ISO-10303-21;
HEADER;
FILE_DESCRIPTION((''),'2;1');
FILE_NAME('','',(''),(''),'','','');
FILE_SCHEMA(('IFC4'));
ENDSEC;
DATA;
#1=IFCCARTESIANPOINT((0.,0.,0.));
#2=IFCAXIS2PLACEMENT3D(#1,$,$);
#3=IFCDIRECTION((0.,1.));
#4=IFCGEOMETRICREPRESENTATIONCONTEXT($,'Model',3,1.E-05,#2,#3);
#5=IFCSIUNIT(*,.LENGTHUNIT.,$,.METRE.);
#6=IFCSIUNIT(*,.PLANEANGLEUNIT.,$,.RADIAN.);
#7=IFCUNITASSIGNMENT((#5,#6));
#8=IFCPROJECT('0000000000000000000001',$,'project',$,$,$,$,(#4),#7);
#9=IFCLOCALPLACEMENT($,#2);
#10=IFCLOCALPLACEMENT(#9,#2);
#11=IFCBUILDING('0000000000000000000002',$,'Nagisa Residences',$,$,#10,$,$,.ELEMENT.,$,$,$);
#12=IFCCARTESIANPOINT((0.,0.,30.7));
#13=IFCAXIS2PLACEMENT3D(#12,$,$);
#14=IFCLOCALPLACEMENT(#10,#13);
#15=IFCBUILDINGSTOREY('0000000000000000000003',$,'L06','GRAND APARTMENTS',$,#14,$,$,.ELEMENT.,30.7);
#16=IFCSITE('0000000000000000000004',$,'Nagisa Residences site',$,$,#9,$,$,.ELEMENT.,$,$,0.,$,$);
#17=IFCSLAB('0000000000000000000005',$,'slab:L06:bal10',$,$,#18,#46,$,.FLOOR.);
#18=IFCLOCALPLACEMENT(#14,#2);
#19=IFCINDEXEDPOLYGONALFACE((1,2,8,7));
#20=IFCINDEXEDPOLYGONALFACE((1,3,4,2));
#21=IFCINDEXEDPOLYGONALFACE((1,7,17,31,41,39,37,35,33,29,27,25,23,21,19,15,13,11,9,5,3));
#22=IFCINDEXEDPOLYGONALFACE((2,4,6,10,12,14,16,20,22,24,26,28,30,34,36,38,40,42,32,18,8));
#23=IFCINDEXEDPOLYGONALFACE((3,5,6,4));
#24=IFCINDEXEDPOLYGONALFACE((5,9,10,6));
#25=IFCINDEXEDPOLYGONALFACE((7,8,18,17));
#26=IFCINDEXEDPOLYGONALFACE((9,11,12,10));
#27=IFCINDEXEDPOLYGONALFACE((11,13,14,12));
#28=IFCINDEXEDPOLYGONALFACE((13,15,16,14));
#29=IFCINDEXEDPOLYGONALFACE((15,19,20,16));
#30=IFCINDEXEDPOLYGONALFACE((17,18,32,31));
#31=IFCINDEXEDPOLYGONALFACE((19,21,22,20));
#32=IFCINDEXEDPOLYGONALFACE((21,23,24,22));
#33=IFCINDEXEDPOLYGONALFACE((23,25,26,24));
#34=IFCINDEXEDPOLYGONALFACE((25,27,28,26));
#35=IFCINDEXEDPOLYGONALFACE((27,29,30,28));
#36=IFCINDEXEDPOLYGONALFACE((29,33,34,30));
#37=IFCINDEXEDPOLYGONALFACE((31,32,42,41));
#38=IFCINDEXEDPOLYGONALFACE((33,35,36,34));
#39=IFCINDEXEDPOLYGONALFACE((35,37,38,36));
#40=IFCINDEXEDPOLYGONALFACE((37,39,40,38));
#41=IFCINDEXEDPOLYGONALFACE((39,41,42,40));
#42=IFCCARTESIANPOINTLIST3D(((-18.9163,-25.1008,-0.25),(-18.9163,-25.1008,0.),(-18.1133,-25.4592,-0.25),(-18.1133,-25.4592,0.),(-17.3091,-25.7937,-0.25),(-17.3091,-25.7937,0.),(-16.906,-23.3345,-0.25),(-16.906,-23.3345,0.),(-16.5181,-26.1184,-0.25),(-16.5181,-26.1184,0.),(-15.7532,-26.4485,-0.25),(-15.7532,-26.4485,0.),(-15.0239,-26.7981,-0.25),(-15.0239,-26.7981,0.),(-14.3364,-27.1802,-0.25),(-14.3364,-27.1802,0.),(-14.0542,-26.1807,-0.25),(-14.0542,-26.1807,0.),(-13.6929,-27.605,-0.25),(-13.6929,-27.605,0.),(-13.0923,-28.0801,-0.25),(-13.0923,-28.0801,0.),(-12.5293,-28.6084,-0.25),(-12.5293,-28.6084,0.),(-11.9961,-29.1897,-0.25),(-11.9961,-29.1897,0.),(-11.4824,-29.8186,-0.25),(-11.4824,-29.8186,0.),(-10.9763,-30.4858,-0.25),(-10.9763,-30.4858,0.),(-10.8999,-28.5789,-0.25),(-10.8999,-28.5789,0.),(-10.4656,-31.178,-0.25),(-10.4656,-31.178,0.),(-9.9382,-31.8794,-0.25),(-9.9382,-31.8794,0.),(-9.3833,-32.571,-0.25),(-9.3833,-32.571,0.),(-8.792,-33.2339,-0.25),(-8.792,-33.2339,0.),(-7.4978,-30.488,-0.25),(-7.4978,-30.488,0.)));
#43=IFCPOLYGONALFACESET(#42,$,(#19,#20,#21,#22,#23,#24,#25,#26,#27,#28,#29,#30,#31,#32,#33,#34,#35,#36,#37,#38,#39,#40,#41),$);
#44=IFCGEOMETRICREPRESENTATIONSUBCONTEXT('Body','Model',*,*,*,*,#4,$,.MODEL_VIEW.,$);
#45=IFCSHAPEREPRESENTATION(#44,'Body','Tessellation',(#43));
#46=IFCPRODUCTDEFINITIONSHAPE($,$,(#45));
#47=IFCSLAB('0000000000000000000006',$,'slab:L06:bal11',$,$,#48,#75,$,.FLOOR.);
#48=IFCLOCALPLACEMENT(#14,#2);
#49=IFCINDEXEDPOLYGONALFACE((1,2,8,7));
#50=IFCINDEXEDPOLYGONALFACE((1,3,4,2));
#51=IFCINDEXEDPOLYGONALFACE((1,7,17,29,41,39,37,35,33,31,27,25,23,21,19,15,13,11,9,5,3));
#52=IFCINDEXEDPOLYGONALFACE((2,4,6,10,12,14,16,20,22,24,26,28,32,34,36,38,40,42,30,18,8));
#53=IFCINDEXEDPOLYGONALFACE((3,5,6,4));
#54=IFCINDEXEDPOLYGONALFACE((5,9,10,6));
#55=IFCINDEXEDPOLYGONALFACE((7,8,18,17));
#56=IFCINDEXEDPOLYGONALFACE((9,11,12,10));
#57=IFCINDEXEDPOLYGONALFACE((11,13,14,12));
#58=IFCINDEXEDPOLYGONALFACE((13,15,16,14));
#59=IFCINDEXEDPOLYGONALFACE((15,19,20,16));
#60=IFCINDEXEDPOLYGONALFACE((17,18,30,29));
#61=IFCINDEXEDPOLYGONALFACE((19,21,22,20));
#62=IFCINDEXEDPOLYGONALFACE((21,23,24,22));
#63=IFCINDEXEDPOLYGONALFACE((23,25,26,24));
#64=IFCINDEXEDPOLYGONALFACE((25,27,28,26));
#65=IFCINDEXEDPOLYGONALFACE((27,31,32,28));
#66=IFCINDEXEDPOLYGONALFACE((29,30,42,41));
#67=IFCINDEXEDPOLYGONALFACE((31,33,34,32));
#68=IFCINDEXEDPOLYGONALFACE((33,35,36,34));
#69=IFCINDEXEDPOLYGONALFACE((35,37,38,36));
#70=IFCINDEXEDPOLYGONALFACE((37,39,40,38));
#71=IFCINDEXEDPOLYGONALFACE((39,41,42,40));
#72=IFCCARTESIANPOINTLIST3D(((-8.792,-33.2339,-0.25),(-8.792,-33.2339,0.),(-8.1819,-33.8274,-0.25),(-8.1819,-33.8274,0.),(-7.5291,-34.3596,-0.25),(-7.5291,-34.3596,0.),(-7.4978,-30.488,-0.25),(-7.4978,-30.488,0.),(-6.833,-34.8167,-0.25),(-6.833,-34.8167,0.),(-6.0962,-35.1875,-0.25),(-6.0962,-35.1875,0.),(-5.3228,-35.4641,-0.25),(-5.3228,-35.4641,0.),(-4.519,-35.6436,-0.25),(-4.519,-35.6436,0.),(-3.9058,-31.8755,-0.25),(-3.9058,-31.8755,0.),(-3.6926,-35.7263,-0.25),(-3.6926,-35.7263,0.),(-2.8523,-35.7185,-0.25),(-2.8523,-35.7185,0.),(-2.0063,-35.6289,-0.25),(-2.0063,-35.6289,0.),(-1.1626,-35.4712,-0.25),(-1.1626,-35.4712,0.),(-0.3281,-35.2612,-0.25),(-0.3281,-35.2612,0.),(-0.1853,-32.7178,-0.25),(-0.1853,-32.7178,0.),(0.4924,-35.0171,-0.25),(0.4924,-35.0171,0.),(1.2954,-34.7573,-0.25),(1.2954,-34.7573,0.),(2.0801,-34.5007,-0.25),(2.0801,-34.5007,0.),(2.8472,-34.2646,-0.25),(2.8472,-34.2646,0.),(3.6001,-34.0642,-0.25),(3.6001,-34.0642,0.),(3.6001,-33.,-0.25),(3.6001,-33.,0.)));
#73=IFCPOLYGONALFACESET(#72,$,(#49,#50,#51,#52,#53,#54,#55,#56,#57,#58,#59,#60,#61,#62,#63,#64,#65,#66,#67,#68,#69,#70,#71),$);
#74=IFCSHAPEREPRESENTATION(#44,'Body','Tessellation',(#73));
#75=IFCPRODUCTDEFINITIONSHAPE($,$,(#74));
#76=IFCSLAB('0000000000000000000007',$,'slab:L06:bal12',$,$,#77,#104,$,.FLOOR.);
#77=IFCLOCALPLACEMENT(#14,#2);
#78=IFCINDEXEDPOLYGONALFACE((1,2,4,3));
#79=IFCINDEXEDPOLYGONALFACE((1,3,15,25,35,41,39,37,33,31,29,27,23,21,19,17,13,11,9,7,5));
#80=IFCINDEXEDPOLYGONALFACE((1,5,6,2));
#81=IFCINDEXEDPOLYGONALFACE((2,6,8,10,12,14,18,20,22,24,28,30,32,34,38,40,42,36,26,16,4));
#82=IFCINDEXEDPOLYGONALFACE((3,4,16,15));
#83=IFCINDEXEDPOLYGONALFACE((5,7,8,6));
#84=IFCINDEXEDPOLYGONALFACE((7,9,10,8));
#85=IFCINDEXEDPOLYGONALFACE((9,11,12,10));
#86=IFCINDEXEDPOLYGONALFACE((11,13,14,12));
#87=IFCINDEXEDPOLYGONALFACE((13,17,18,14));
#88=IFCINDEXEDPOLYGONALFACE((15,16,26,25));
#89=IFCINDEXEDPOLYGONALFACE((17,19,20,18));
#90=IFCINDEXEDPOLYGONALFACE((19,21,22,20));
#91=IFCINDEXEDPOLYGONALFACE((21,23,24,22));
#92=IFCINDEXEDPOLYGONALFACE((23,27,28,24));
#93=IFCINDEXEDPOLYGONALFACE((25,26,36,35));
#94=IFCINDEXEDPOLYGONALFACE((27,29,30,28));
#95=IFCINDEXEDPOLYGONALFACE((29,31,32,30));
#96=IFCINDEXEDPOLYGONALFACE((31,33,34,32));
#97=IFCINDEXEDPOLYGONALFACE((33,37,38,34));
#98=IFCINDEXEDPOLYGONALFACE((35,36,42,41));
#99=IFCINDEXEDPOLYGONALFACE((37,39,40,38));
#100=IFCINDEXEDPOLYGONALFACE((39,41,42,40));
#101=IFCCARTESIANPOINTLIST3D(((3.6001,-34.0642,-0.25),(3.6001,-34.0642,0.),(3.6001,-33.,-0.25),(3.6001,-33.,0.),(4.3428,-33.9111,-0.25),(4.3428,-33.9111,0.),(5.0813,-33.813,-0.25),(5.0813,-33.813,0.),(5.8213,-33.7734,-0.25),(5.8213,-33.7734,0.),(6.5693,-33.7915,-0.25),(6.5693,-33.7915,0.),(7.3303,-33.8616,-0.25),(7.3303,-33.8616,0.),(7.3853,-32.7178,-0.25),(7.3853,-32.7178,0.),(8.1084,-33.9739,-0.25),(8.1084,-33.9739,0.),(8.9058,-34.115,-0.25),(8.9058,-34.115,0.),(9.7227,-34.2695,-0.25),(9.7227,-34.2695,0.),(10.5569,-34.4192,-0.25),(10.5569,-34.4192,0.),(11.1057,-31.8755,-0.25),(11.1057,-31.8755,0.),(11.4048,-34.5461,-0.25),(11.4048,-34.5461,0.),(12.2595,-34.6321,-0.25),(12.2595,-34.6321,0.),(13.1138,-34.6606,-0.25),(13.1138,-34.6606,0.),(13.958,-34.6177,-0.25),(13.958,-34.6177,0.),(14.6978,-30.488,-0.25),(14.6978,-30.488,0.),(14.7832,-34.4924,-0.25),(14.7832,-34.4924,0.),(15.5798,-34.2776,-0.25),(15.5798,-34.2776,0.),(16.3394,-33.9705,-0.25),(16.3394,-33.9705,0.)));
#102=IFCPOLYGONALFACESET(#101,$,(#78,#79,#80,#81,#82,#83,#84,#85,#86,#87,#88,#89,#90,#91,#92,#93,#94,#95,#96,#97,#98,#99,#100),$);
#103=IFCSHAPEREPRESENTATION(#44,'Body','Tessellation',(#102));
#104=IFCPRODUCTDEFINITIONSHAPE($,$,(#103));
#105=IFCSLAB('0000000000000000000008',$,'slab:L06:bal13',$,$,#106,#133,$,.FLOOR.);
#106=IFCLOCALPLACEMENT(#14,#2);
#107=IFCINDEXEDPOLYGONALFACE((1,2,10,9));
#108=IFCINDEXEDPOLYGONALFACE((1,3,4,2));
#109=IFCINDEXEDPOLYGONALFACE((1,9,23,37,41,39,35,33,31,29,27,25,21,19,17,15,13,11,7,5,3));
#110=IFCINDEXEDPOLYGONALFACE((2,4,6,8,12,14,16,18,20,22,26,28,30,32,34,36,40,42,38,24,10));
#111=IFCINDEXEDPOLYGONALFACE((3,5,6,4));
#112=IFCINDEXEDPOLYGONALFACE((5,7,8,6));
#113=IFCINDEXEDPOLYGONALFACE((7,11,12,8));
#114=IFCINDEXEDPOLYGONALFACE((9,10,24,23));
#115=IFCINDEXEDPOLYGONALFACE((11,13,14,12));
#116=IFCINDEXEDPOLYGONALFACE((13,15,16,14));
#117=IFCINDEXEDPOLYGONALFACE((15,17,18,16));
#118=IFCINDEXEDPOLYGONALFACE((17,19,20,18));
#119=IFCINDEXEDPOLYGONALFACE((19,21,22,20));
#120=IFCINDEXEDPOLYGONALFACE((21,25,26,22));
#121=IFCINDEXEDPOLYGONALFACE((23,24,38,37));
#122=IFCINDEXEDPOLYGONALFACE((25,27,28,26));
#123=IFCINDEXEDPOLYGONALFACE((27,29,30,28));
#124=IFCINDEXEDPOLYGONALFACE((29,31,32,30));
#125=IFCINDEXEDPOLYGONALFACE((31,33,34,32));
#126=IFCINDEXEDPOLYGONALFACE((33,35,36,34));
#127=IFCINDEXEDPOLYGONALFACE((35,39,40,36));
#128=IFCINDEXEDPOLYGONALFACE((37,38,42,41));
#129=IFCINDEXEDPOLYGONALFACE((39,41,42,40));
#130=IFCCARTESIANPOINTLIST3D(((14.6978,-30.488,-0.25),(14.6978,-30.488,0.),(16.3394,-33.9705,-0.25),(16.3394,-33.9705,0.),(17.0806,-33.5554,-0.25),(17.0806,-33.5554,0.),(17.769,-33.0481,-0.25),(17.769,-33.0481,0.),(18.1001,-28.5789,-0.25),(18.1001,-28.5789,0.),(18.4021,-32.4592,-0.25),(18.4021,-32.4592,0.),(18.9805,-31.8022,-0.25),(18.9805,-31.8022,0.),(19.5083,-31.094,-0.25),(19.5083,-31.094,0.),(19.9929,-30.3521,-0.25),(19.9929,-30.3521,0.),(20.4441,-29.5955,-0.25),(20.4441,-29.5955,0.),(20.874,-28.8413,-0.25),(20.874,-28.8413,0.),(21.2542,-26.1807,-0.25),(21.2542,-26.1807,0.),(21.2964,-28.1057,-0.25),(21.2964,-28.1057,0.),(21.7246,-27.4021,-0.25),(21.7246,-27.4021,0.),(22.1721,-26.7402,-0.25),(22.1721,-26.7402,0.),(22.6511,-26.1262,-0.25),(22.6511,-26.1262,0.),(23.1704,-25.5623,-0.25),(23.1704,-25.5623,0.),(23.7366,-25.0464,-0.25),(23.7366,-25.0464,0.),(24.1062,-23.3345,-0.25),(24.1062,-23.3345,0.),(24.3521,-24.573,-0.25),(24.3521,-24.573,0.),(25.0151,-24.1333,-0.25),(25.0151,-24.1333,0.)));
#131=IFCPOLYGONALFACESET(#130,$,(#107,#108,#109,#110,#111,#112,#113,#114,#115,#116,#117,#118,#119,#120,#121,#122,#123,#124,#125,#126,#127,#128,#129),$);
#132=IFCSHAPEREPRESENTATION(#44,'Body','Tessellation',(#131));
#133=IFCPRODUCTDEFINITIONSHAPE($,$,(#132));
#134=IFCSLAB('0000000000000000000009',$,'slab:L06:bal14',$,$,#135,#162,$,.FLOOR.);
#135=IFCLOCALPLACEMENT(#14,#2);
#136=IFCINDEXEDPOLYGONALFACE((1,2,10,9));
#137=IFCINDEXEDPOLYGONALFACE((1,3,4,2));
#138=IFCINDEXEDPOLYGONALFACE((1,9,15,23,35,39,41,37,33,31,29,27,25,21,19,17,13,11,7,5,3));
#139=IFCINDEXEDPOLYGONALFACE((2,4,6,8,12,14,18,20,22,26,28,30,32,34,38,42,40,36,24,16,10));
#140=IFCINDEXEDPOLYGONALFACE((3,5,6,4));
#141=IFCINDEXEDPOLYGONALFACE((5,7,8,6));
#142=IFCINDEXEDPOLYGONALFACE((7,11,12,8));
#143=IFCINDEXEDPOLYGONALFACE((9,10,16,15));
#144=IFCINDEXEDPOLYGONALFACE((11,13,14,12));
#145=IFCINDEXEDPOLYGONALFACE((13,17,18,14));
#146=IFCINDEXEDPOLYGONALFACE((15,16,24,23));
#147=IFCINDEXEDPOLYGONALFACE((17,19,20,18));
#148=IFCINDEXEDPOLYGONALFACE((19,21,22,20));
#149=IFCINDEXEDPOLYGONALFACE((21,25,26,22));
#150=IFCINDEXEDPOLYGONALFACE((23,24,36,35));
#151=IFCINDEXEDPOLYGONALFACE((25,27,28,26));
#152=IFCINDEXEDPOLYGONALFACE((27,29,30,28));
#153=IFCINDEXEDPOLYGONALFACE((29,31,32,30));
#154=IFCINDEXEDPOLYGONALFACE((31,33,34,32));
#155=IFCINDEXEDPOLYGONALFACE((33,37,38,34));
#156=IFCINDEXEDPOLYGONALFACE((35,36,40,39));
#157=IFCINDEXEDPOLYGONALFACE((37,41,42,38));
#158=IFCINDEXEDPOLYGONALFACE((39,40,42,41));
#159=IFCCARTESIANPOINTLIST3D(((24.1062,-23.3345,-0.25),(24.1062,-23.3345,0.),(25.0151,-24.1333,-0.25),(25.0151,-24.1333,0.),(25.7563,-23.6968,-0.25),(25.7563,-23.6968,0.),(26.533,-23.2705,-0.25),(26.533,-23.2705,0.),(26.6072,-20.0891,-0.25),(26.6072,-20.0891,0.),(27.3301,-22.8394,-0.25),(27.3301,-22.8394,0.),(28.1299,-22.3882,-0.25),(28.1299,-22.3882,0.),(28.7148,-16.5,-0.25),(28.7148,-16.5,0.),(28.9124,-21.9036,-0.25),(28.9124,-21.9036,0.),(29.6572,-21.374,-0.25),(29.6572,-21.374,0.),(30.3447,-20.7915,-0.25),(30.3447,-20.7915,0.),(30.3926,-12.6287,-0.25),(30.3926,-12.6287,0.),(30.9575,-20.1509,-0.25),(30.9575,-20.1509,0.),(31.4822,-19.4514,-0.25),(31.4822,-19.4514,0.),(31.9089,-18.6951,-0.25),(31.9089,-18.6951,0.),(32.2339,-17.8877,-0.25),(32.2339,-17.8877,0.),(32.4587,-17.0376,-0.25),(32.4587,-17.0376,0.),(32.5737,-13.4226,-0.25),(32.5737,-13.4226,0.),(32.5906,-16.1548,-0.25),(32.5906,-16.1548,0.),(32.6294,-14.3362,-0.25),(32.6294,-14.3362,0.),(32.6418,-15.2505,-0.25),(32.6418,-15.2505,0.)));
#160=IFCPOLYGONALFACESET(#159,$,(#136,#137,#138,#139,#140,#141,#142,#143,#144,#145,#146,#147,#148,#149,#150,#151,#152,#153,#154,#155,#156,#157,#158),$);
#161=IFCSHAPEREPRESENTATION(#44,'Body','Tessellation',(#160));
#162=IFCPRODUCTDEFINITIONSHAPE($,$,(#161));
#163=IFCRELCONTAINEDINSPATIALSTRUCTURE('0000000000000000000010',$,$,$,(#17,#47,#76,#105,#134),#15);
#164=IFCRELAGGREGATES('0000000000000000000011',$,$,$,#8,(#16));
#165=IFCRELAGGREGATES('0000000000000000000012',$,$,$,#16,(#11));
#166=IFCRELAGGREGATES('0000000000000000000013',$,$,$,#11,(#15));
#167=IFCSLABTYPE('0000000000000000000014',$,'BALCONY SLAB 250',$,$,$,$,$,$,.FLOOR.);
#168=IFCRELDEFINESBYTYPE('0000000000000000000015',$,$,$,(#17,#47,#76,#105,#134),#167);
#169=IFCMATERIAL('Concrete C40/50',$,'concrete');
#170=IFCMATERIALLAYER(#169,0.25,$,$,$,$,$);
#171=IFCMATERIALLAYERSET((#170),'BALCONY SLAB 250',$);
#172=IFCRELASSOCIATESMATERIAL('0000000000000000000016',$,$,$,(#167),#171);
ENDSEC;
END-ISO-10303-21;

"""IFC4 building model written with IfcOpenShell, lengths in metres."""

from ifc_helpers import new_model, si_unit, direction, frame, origin, place, context, subcontext, project, spatial, polyline, outline, extrude, material, layer, layer_set, type_object, element, save


model = new_model("IFC4")

# Units and contexts
model_context = context("Model", 3, precision=1e-05, world=origin(), true_north=direction((0.0, 1.0)))
body_context = subcontext(model_context, "Body", "Model", "MODEL_VIEW")
ifc_project = project(units=[si_unit("LENGTHUNIT", "METRE"), si_unit("PLANEANGLEUNIT", "RADIAN")], contexts=[model_context])

# Site, building, storey
site_placement = place(None, origin())
site = spatial("IfcSite", under=ifc_project, at=site_placement, Name="Nagisa Residences site", CompositionType="ELEMENT", RefElevation=0.0)
building_placement = place(site_placement, origin())
building = spatial("IfcBuilding", under=site, at=building_placement, Name="Nagisa Residences", CompositionType="ELEMENT")
storey_placement = place(building_placement, frame((0.0, 0.0, 30.7)))
storey = spatial("IfcBuildingStorey", under=building, at=storey_placement, Name="L06", Description="GRAND APARTMENTS", CompositionType="ELEMENT", Elevation=30.7)

# Slabs
ifc_material_1 = material(Name="Concrete C40/50", Category="concrete")
ifc_layer_1 = layer(ifc_material_1, 0.25)
ifc_layer_set_1 = layer_set([ifc_layer_1], Name="BALCONY SLAB 250")
slab_type = type_object("IfcSlabType", Name="BALCONY SLAB 250", PredefinedType="FLOOR", material=ifc_layer_set_1)
slab_1_placement = place(storey_placement, frame((0.0, 0.0, -0.25)))
element("IfcSlab", 1, at=slab_1_placement, inside=storey, type_object=slab_type, Name="slab:L06:bal10", PredefinedType="FLOOR", context=body_context, shape_type="SweptSolid", body=[
    extrude(outline(polyline([(-18.9163, -25.1008), (-18.1133, -25.4592), (-17.3091, -25.7937), (-16.5181, -26.1184), (-15.7532, -26.4485), (-15.0239, -26.7981), (-14.3364, -27.1802), (-13.6929, -27.605), (-13.0923, -28.0801), (-12.5293, -28.6084), (-11.9961, -29.1897), (-11.4824, -29.8186), (-10.9763, -30.4858), (-10.4656, -31.178), (-9.9382, -31.8794), (-9.3833, -32.571), (-8.792, -33.2339), (-7.4978, -30.488), (-10.8999, -28.5789), (-14.0542, -26.1807), (-16.906, -23.3345), (-18.9163, -25.1008)])), origin(), (0.0, 0.0, 1.0), 0.25),
])
slab_2_placement = place(storey_placement, frame((0.0, 0.0, -0.25)))
element("IfcSlab", 2, at=slab_2_placement, inside=storey, type_object=slab_type, Name="slab:L06:bal11", PredefinedType="FLOOR", context=body_context, shape_type="SweptSolid", body=[
    extrude(outline(polyline([(-8.792, -33.2339), (-8.1819, -33.8274), (-7.5291, -34.3596), (-6.833, -34.8167), (-6.0962, -35.1875), (-5.3228, -35.4641), (-4.519, -35.6436), (-3.6926, -35.7263), (-2.8523, -35.7185), (-2.0063, -35.6289), (-1.1626, -35.4712), (-0.3281, -35.2612), (0.4924, -35.0171), (1.2954, -34.7573), (2.0801, -34.5007), (2.8472, -34.2646), (3.6001, -34.0642), (3.6001, -33.0), (-0.1853, -32.7178), (-3.9058, -31.8755), (-7.4978, -30.488), (-8.792, -33.2339)])), origin(), (0.0, 0.0, 1.0), 0.25),
])
slab_3_placement = place(storey_placement, frame((0.0, 0.0, -0.25)))
element("IfcSlab", 3, at=slab_3_placement, inside=storey, type_object=slab_type, Name="slab:L06:bal12", PredefinedType="FLOOR", context=body_context, shape_type="SweptSolid", body=[
    extrude(outline(polyline([(3.6001, -34.0642), (4.3428, -33.9111), (5.0813, -33.813), (5.8213, -33.7734), (6.5693, -33.7915), (7.3303, -33.8616), (8.1084, -33.9739), (8.9058, -34.115), (9.7227, -34.2695), (10.5569, -34.4192), (11.4048, -34.5461), (12.2595, -34.6321), (13.1138, -34.6606), (13.958, -34.6177), (14.7832, -34.4924), (15.5798, -34.2776), (16.3394, -33.9705), (14.6978, -30.488), (11.1057, -31.8755), (7.3853, -32.7178), (3.6001, -33.0), (3.6001, -34.0642)])), origin(), (0.0, 0.0, 1.0), 0.25),
])
slab_4_placement = place(storey_placement, frame((0.0, 0.0, -0.25)))
element("IfcSlab", 4, at=slab_4_placement, inside=storey, type_object=slab_type, Name="slab:L06:bal13", PredefinedType="FLOOR", context=body_context, shape_type="SweptSolid", body=[
    extrude(outline(polyline([(16.3394, -33.9705), (17.0806, -33.5554), (17.769, -33.0481), (18.4021, -32.4592), (18.9805, -31.8022), (19.5083, -31.094), (19.9929, -30.3521), (20.4441, -29.5955), (20.874, -28.8413), (21.2964, -28.1057), (21.7246, -27.4021), (22.1721, -26.7402), (22.6511, -26.1262), (23.1704, -25.5623), (23.7366, -25.0464), (24.3521, -24.573), (25.0151, -24.1333), (24.1062, -23.3345), (21.2542, -26.1807), (18.1001, -28.5789), (14.6978, -30.488), (16.3394, -33.9705)])), origin(), (0.0, 0.0, 1.0), 0.25),
])
slab_5_placement = place(storey_placement, frame((0.0, 0.0, -0.25)))
element("IfcSlab", 5, at=slab_5_placement, inside=storey, type_object=slab_type, Name="slab:L06:bal14", PredefinedType="FLOOR", context=body_context, shape_type="SweptSolid", body=[
    extrude(outline(polyline([(25.0151, -24.1333), (25.7563, -23.6968), (26.533, -23.2705), (27.3301, -22.8394), (28.1299, -22.3882), (28.9124, -21.9036), (29.6572, -21.374), (30.3447, -20.7915), (30.9575, -20.1509), (31.4822, -19.4514), (31.9089, -18.6951), (32.2339, -17.8877), (32.4587, -17.0376), (32.5906, -16.1548), (32.6418, -15.2505), (32.6294, -14.3362), (32.5737, -13.4226), (30.3926, -12.6287), (28.7148, -16.5), (26.6072, -20.0891), (24.1062, -23.3345), (25.0151, -24.1333)])), origin(), (0.0, 0.0, 1.0), 0.25),
])

save(model, "model.ifc")
